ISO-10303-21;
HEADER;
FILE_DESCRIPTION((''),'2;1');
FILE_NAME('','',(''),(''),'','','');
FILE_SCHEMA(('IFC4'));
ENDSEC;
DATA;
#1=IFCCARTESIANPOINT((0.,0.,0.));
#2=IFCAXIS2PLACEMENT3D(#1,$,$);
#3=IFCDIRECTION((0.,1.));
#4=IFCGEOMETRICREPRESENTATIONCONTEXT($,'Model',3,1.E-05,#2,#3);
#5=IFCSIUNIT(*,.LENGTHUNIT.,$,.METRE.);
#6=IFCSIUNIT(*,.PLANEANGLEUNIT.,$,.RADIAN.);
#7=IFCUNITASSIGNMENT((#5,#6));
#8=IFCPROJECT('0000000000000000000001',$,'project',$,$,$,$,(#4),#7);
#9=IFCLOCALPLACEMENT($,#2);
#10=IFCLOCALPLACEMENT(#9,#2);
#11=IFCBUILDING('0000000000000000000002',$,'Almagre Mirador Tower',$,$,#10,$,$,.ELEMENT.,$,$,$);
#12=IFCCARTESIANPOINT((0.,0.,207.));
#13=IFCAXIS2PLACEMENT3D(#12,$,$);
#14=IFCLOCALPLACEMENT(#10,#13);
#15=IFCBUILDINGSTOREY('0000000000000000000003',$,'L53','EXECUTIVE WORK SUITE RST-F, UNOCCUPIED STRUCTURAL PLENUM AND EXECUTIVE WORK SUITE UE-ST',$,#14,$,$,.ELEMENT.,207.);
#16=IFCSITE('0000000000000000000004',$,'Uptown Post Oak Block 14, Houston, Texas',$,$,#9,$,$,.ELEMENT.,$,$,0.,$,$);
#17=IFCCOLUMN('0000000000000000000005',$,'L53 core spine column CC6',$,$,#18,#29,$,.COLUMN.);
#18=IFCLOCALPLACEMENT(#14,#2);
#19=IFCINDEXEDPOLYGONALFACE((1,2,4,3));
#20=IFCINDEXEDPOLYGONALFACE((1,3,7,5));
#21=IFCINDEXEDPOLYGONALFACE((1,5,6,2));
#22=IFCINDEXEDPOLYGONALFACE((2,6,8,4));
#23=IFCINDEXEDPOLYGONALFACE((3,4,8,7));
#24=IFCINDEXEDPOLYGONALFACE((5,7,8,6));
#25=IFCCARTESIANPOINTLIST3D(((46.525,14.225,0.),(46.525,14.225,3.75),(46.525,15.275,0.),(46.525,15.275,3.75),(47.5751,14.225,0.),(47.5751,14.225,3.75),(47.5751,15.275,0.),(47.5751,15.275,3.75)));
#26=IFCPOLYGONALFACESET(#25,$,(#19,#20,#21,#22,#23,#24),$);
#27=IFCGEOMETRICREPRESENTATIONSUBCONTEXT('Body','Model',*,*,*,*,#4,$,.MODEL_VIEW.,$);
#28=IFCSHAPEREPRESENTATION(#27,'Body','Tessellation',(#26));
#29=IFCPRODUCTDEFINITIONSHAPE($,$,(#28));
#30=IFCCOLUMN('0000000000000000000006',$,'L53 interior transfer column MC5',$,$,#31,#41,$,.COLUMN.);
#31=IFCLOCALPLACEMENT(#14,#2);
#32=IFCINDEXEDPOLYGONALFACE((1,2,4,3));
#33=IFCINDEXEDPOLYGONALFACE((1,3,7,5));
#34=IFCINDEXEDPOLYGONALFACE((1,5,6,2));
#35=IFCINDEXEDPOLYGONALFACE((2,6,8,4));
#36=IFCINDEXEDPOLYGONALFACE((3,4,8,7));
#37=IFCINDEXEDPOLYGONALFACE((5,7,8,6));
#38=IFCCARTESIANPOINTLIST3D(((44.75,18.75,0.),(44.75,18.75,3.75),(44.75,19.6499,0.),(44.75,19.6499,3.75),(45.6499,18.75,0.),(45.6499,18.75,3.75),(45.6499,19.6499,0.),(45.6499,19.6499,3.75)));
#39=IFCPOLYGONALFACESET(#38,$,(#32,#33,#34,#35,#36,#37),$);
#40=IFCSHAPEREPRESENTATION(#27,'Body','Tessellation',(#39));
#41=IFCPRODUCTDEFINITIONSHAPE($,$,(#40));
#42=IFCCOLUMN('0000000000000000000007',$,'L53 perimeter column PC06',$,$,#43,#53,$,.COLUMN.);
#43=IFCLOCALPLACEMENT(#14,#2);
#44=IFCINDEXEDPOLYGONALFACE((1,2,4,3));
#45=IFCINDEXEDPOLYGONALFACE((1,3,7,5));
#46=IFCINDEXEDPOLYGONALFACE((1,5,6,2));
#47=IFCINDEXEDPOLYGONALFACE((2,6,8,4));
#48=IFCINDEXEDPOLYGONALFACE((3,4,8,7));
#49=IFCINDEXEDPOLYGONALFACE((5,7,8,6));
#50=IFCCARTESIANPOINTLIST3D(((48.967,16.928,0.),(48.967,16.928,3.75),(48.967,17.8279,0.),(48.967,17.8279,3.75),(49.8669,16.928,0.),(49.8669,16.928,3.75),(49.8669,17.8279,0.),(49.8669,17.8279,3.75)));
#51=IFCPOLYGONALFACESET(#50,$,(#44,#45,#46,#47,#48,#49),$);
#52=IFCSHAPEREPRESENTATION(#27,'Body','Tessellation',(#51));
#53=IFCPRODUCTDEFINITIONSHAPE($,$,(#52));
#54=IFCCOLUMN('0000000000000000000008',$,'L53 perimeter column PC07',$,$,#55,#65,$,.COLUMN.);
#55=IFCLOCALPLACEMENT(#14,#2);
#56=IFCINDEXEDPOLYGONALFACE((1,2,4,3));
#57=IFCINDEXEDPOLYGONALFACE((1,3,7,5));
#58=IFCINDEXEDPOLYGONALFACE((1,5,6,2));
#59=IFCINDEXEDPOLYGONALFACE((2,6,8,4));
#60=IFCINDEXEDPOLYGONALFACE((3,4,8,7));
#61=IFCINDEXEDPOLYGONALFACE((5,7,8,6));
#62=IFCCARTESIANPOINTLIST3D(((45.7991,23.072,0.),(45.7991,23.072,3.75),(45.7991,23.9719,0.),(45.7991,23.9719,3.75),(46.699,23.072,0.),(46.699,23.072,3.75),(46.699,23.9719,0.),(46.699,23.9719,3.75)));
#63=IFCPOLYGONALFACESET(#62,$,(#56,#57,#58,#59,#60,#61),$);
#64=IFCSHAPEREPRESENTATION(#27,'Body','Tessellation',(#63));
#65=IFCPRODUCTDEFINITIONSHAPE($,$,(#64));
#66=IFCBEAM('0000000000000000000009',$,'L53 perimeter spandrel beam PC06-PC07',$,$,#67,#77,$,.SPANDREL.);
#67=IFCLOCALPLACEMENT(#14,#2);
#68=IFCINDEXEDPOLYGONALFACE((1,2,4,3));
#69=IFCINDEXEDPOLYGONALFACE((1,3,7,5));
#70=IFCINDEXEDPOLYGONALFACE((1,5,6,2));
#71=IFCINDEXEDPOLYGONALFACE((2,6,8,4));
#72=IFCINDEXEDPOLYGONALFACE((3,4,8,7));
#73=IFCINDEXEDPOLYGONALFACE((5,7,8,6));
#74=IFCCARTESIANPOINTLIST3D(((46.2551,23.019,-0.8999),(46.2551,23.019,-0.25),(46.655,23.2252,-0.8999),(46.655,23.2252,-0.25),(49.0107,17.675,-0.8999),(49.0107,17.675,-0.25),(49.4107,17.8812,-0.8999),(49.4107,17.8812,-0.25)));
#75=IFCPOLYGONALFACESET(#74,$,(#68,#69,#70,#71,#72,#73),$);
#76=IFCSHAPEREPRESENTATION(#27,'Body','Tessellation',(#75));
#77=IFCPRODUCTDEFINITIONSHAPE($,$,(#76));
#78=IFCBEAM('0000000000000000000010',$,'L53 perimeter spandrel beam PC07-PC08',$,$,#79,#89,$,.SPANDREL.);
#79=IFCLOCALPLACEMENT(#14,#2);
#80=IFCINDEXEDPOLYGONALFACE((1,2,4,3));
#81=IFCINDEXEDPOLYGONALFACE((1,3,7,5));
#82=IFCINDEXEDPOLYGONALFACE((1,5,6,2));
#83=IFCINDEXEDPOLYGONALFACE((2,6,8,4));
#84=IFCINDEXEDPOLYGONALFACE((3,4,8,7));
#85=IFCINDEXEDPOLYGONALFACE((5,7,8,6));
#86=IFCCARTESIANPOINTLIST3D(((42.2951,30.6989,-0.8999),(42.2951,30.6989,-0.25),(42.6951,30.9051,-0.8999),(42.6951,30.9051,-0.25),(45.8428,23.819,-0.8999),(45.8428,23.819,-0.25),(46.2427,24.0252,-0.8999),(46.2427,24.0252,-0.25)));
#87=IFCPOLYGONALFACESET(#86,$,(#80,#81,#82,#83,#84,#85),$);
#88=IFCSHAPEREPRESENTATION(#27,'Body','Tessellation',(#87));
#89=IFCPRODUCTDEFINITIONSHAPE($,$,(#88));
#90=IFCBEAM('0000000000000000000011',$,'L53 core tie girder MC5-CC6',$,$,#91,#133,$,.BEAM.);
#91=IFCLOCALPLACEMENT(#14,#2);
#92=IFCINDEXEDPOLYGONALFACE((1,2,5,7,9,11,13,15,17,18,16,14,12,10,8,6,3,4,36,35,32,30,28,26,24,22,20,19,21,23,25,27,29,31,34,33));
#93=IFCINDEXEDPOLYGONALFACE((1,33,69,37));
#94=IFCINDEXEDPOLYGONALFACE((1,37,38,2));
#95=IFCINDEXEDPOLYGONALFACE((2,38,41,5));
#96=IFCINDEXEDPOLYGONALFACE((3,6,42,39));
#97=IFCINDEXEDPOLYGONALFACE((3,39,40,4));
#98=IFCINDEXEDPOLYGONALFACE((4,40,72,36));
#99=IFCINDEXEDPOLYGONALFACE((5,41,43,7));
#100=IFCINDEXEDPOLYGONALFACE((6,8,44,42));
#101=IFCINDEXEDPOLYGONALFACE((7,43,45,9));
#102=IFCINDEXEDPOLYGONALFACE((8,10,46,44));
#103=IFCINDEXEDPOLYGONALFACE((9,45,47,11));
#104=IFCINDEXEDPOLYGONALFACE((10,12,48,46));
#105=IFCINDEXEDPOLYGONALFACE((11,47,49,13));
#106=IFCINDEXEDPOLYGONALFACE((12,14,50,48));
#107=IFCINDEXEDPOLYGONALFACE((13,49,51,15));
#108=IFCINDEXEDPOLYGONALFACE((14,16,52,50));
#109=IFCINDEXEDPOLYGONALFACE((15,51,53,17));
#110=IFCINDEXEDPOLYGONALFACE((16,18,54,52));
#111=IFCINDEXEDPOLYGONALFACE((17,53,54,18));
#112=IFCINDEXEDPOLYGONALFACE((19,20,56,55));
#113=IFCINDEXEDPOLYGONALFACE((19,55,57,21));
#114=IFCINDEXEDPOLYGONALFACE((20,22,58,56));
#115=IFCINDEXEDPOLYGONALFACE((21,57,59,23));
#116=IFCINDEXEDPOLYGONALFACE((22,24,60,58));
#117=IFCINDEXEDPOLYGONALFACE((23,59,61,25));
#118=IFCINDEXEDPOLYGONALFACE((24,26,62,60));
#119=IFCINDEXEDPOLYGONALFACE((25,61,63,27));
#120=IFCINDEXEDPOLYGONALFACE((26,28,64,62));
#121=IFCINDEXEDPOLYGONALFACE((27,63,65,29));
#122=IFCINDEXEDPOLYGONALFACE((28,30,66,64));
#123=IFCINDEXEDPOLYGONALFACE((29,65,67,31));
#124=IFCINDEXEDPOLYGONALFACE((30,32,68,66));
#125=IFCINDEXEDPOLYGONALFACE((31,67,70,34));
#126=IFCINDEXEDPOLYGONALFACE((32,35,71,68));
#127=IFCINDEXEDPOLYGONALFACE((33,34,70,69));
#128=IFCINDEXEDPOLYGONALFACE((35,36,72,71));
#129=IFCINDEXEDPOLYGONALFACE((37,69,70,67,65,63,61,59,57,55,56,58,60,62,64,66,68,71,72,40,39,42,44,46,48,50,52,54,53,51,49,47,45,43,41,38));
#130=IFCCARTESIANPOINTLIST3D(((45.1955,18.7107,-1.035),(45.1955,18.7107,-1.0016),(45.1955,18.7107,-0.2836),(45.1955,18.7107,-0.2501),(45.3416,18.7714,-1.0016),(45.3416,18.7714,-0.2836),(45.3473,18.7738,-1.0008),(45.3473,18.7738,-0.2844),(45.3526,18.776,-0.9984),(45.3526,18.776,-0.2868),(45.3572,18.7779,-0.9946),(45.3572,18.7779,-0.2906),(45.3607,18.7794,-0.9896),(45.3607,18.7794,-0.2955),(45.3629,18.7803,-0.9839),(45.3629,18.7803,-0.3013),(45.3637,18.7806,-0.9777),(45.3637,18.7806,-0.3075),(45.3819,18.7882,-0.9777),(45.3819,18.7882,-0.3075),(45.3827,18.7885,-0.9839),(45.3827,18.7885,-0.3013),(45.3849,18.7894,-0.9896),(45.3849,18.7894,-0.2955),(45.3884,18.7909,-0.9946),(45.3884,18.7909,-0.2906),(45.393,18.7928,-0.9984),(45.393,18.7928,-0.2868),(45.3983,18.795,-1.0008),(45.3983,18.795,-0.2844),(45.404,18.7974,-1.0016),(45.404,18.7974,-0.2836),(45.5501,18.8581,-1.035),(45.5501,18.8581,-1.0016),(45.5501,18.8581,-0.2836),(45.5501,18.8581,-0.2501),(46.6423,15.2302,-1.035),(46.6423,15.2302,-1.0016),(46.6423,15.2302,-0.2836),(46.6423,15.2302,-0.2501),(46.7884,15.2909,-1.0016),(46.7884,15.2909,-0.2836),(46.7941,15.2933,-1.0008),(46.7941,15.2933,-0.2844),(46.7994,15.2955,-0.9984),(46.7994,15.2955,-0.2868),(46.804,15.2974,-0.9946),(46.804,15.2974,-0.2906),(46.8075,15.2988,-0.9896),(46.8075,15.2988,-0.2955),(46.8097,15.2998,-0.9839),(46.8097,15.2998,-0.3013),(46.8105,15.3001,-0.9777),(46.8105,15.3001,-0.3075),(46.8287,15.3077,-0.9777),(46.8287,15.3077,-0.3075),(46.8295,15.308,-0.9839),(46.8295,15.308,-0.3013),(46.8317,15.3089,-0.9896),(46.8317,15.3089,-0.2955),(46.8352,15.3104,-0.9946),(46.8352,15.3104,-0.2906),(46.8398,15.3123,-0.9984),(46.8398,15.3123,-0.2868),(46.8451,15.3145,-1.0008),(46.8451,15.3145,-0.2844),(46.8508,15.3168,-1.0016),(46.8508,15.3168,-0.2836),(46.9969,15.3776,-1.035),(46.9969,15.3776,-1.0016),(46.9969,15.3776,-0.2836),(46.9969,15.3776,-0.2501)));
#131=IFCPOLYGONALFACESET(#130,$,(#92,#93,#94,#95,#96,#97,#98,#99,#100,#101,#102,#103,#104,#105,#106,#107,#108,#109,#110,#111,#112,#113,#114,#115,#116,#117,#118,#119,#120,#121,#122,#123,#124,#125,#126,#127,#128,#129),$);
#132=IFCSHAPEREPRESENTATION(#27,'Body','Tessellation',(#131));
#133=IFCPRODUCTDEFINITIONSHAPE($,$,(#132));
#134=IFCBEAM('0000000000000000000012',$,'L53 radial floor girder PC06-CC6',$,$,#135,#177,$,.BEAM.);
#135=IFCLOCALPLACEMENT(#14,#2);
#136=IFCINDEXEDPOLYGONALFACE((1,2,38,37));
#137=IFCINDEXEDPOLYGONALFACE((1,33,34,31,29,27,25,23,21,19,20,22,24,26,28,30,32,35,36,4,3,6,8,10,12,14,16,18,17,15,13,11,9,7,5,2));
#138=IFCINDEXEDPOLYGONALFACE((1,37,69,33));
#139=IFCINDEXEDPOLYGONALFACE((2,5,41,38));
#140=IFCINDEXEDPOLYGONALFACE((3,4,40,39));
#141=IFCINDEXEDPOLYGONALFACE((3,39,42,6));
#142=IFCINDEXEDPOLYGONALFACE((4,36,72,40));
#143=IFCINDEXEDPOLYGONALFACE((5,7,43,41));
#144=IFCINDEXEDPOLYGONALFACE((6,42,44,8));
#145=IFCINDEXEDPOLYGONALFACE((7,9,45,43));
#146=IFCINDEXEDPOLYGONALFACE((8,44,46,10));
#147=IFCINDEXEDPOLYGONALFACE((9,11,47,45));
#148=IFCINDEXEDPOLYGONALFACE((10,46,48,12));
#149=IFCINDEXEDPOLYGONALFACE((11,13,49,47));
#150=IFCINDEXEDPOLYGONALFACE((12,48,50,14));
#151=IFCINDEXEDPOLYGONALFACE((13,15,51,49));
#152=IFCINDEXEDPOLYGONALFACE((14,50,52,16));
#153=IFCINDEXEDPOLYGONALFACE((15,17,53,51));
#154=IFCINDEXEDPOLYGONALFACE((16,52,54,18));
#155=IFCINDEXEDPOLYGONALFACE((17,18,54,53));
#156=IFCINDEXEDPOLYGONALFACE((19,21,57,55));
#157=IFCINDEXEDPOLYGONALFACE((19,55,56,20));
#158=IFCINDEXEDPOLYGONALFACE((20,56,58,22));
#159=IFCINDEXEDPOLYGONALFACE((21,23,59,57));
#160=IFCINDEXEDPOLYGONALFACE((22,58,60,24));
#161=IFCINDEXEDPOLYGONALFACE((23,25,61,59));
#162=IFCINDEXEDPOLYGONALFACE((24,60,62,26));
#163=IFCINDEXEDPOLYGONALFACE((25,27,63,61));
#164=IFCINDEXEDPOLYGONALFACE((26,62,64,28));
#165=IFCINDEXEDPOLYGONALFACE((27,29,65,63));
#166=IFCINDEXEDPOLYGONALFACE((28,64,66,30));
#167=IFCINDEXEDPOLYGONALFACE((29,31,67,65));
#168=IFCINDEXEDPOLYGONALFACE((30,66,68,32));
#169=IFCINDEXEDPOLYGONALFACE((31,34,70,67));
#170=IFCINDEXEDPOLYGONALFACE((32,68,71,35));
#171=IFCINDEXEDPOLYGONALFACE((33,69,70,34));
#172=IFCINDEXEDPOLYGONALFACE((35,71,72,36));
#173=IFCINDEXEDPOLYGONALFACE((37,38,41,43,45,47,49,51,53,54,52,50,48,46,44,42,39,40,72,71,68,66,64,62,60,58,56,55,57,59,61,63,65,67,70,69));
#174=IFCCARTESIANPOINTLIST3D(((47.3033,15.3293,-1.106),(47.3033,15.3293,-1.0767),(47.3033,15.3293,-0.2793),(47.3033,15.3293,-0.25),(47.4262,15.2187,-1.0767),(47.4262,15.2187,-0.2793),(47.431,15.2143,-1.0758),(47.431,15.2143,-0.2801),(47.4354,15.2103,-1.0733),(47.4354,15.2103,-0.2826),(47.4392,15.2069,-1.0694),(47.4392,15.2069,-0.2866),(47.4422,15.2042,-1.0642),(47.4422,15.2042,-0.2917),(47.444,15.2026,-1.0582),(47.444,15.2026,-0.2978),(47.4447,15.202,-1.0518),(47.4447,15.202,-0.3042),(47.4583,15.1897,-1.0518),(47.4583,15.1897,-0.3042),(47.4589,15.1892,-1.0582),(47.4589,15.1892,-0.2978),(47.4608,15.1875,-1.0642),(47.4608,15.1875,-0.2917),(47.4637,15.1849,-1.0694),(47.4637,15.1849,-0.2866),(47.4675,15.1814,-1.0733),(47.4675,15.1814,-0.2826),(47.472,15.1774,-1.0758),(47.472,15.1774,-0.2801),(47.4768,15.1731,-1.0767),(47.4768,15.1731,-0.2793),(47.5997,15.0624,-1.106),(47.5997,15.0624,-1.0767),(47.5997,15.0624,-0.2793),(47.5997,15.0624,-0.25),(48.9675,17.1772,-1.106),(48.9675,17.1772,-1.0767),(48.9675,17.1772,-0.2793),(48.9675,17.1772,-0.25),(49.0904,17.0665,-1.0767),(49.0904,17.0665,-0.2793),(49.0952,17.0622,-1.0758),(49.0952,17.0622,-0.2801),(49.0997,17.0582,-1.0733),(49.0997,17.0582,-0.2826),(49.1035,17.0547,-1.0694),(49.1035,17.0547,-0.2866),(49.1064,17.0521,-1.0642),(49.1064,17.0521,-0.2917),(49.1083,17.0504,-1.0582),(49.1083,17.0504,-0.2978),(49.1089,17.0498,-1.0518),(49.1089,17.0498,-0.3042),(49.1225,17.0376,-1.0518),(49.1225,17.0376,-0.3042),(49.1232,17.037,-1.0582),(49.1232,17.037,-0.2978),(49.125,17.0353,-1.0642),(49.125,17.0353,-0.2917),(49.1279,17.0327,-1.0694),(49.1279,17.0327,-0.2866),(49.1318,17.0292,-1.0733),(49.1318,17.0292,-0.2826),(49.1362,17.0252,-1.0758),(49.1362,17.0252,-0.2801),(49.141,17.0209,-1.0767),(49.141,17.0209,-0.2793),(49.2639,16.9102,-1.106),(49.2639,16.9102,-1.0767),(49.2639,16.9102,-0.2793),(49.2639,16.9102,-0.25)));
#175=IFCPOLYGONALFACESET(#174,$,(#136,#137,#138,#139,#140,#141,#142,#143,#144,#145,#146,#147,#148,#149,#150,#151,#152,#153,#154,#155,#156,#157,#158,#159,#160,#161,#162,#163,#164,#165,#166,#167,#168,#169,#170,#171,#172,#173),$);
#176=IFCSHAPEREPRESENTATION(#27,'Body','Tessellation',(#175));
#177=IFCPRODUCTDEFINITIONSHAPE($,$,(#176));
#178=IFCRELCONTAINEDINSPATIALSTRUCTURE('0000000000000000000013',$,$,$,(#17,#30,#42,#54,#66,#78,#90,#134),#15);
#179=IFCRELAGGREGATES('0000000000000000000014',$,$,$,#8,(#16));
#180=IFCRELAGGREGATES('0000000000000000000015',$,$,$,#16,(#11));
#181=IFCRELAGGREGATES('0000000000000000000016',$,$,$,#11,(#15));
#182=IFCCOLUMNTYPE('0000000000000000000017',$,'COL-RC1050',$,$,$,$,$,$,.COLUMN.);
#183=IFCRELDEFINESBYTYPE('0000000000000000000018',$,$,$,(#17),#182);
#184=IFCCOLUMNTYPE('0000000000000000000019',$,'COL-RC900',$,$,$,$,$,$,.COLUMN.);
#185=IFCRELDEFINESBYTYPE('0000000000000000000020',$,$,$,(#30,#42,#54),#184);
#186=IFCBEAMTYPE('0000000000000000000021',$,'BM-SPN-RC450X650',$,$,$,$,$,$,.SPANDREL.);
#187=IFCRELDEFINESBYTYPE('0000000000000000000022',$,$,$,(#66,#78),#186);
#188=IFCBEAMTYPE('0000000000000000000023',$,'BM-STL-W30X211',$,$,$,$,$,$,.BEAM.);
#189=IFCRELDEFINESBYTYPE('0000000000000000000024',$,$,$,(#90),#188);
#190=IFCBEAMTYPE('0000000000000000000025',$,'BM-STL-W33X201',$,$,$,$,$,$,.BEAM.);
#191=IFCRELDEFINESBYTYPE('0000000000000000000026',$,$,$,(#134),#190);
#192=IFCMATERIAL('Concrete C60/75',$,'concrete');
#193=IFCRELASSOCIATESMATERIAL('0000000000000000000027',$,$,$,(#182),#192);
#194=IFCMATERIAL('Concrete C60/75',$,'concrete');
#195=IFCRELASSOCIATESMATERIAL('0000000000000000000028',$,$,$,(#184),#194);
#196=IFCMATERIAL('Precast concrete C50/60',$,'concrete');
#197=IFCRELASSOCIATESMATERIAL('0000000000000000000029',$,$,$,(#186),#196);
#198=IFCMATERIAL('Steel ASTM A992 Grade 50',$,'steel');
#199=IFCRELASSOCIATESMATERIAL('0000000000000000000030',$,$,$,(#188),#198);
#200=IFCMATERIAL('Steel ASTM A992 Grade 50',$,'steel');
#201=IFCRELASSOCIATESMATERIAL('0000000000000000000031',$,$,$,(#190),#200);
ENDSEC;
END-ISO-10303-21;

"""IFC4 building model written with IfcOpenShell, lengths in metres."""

from ifc_helpers import new_model, si_unit, direction, frame, origin, origin_2d, place, context, subcontext, project, spatial, rectangle, i_section, extrude, material, material_profile, profile_set, type_object, element, save


model = new_model("IFC4")

# Units and contexts
model_context = context("Model", 3, precision=1e-05, world=origin(), true_north=direction((0.0, 1.0)))
body_context = subcontext(model_context, "Body", "Model", "MODEL_VIEW")
ifc_project = project(units=[si_unit("LENGTHUNIT", "METRE"), si_unit("PLANEANGLEUNIT", "RADIAN")], contexts=[model_context])

# Site, building, storey
site_placement = place(None, origin())
site = spatial("IfcSite", under=ifc_project, at=site_placement, Name="Uptown Post Oak Block 14, Houston, Texas", CompositionType="ELEMENT", RefElevation=0.0)
building_placement = place(site_placement, origin())
building = spatial("IfcBuilding", under=site, at=building_placement, Name="Almagre Mirador Tower", CompositionType="ELEMENT")
storey_placement = place(building_placement, frame((0.0, 0.0, 207.0)))
storey = spatial("IfcBuildingStorey", under=building, at=storey_placement, Name="L53", Description="EXECUTIVE WORK SUITE RST-F, UNOCCUPIED STRUCTURAL PLENUM AND EXECUTIVE WORK SUITE UE-ST", CompositionType="ELEMENT", Elevation=207.0)

# Columns
ifc_material_1 = material(Name="Concrete C60/75", Category="concrete")
ifc_material_profile_1 = material_profile(ifc_material_1, rectangle(XDim=1.05, YDim=1.05, at=origin_2d()), Name="RC1050X1050")
ifc_profile_set_1 = profile_set([ifc_material_profile_1], Name="Concrete C60/75")
column_type_1 = type_object("IfcColumnType", Name="COL-RC1050", PredefinedType="COLUMN", material=ifc_profile_set_1)
column_placement = place(storey_placement, frame((47.05, 14.75, 0.0), z_axis=(0.0, 0.0, 1.0), x_axis=(1.0, 0.0, 0.0)))
element("IfcColumn", 1, at=column_placement, inside=storey, type_object=column_type_1, Name="L53 core spine column CC6", PredefinedType="COLUMN", context=body_context, shape_type="SweptSolid", body=[
    extrude(rectangle(XDim=1.05, YDim=1.05, at=origin_2d()), origin(), (0.0, 0.0, 1.0), 3.75),
])
ifc_material_2 = material(Name="Concrete C60/75", Category="concrete")
ifc_material_profile_2 = material_profile(ifc_material_2, rectangle(XDim=0.8999, YDim=0.8999, at=origin_2d()), Name="RC900X900")
ifc_profile_set_2 = profile_set([ifc_material_profile_2], Name="Concrete C60/75")
column_type_2 = type_object("IfcColumnType", Name="COL-RC900", PredefinedType="COLUMN", material=ifc_profile_set_2)
for number, where, z_axis, x_axis, name in (
    (2, (45.2, 19.2, 0.0), (0.0, 0.0, 1.0), (1.0, 0.0, 0.0), "L53 interior transfer column MC5"),
    (3, (49.417, 17.3779, 0.0), (0.0, 0.0, 1.0), (1.0, 0.0, 0.0), "L53 perimeter column PC06"),
    (4, (46.249, 23.522, 0.0), (0.0, 0.0, 1.0), (1.0, 0.0, 0.0), "L53 perimeter column PC07"),
):
    element("IfcColumn", number, at=place(storey_placement, frame(where, z_axis=z_axis, x_axis=x_axis)), inside=storey, type_object=column_type_2, Name=name, PredefinedType="COLUMN", context=body_context, shape_type="SweptSolid", body=[
        extrude(rectangle(XDim=0.8999, YDim=0.8999, at=origin_2d()), origin(), (0.0, 0.0, 1.0), 3.75),
    ])

# Beams
ifc_material_3 = material(Name="Precast concrete C50/60", Category="concrete")
ifc_material_profile_3 = material_profile(ifc_material_3, rectangle(XDim=0.45, YDim=0.6499, at=origin_2d()), Name="RC450X650")
ifc_profile_set_3 = profile_set([ifc_material_profile_3], Name="Precast concrete C50/60")
beam_type_1 = type_object("IfcBeamType", Name="BM-SPN-RC450X650", PredefinedType="SPANDREL", material=ifc_profile_set_3)
beam_1_placement = place(storey_placement, frame((49.2107, 17.7781, -0.575), z_axis=(-0.458305, 0.888795, 0.0), x_axis=(-0.888795, -0.458305, 0.0)))
element("IfcBeam", 5, at=beam_1_placement, inside=storey, type_object=beam_type_1, Name="L53 perimeter spandrel beam PC06-PC07", PredefinedType="SPANDREL", context=body_context, shape_type="SweptSolid", body=[
    extrude(rectangle(XDim=0.45, YDim=0.6499, at=origin_2d()), origin(), (0.0, 0.0, 1.0), 6.0127),
])
beam_2_placement = place(storey_placement, frame((46.0427, 23.9221, -0.575), z_axis=(-0.458306, 0.888794, 0.0), x_axis=(-0.888794, -0.458306, 0.0)))
element("IfcBeam", 6, at=beam_2_placement, inside=storey, type_object=beam_type_1, Name="L53 perimeter spandrel beam PC07-PC08", PredefinedType="SPANDREL", context=body_context, shape_type="SweptSolid", body=[
    extrude(rectangle(XDim=0.45, YDim=0.6499, at=origin_2d()), origin(), (0.0, 0.0, 1.0), 7.7407),
])
ifc_material_4 = material(Name="Steel ASTM A992 Grade 50", Category="steel")
ifc_material_profile_4 = material_profile(ifc_material_4, i_section(OverallWidth=0.384, OverallDepth=0.7849, WebThickness=0.0198, FlangeThickness=0.0334, FilletRadius=0.0239, at=origin_2d()), Name="W30X211")
ifc_profile_set_4 = profile_set([ifc_material_profile_4], Name="Steel ASTM A992 Grade 50")
beam_type_2 = type_object("IfcBeamType", Name="BM-STL-W30X211", PredefinedType="BEAM", material=ifc_profile_set_4)
beam_3_placement = place(storey_placement, frame((45.3728, 18.7844, -0.6426), z_axis=(0.383843, -0.923399, 0.0), x_axis=(0.923399, 0.383843, 0.0)))
element("IfcBeam", 7, at=beam_3_placement, inside=storey, type_object=beam_type_2, Name="L53 core tie girder MC5-CC6", PredefinedType="BEAM", context=body_context, shape_type="SweptSolid", body=[
    extrude(i_section(OverallWidth=0.384, OverallDepth=0.7849, WebThickness=0.0198, FlangeThickness=0.0334, FilletRadius=0.0239, at=origin_2d()), origin(), (0.0, 0.0, 1.0), 3.7693),
])
ifc_material_5 = material(Name="Steel ASTM A992 Grade 50", Category="steel")
ifc_material_profile_5 = material_profile(ifc_material_5, i_section(OverallWidth=0.3989, OverallDepth=0.856, WebThickness=0.0183, FlangeThickness=0.0293, FilletRadius=0.0249, at=origin_2d()), Name="W33X201")
ifc_profile_set_5 = profile_set([ifc_material_profile_5], Name="Steel ASTM A992 Grade 50")
beam_type_3 = type_object("IfcBeamType", Name="BM-STL-W33X201", PredefinedType="BEAM", material=ifc_profile_set_5)
beam_4_placement = place(storey_placement, frame((49.1157, 17.0437, -0.678), z_axis=(-0.66923, -0.743055, 0.0), x_axis=(0.743055, -0.66923, 0.0)))
element("IfcBeam", 8, at=beam_4_placement, inside=storey, type_object=beam_type_3, Name="L53 radial floor girder PC06-CC6", PredefinedType="BEAM", context=body_context, shape_type="SweptSolid", body=[
    extrude(i_section(OverallWidth=0.3989, OverallDepth=0.856, WebThickness=0.0183, FlangeThickness=0.0293, FilletRadius=0.0249, at=origin_2d()), origin(), (0.0, 0.0, 1.0), 2.4868),
])

save(model, "model.ifc")
